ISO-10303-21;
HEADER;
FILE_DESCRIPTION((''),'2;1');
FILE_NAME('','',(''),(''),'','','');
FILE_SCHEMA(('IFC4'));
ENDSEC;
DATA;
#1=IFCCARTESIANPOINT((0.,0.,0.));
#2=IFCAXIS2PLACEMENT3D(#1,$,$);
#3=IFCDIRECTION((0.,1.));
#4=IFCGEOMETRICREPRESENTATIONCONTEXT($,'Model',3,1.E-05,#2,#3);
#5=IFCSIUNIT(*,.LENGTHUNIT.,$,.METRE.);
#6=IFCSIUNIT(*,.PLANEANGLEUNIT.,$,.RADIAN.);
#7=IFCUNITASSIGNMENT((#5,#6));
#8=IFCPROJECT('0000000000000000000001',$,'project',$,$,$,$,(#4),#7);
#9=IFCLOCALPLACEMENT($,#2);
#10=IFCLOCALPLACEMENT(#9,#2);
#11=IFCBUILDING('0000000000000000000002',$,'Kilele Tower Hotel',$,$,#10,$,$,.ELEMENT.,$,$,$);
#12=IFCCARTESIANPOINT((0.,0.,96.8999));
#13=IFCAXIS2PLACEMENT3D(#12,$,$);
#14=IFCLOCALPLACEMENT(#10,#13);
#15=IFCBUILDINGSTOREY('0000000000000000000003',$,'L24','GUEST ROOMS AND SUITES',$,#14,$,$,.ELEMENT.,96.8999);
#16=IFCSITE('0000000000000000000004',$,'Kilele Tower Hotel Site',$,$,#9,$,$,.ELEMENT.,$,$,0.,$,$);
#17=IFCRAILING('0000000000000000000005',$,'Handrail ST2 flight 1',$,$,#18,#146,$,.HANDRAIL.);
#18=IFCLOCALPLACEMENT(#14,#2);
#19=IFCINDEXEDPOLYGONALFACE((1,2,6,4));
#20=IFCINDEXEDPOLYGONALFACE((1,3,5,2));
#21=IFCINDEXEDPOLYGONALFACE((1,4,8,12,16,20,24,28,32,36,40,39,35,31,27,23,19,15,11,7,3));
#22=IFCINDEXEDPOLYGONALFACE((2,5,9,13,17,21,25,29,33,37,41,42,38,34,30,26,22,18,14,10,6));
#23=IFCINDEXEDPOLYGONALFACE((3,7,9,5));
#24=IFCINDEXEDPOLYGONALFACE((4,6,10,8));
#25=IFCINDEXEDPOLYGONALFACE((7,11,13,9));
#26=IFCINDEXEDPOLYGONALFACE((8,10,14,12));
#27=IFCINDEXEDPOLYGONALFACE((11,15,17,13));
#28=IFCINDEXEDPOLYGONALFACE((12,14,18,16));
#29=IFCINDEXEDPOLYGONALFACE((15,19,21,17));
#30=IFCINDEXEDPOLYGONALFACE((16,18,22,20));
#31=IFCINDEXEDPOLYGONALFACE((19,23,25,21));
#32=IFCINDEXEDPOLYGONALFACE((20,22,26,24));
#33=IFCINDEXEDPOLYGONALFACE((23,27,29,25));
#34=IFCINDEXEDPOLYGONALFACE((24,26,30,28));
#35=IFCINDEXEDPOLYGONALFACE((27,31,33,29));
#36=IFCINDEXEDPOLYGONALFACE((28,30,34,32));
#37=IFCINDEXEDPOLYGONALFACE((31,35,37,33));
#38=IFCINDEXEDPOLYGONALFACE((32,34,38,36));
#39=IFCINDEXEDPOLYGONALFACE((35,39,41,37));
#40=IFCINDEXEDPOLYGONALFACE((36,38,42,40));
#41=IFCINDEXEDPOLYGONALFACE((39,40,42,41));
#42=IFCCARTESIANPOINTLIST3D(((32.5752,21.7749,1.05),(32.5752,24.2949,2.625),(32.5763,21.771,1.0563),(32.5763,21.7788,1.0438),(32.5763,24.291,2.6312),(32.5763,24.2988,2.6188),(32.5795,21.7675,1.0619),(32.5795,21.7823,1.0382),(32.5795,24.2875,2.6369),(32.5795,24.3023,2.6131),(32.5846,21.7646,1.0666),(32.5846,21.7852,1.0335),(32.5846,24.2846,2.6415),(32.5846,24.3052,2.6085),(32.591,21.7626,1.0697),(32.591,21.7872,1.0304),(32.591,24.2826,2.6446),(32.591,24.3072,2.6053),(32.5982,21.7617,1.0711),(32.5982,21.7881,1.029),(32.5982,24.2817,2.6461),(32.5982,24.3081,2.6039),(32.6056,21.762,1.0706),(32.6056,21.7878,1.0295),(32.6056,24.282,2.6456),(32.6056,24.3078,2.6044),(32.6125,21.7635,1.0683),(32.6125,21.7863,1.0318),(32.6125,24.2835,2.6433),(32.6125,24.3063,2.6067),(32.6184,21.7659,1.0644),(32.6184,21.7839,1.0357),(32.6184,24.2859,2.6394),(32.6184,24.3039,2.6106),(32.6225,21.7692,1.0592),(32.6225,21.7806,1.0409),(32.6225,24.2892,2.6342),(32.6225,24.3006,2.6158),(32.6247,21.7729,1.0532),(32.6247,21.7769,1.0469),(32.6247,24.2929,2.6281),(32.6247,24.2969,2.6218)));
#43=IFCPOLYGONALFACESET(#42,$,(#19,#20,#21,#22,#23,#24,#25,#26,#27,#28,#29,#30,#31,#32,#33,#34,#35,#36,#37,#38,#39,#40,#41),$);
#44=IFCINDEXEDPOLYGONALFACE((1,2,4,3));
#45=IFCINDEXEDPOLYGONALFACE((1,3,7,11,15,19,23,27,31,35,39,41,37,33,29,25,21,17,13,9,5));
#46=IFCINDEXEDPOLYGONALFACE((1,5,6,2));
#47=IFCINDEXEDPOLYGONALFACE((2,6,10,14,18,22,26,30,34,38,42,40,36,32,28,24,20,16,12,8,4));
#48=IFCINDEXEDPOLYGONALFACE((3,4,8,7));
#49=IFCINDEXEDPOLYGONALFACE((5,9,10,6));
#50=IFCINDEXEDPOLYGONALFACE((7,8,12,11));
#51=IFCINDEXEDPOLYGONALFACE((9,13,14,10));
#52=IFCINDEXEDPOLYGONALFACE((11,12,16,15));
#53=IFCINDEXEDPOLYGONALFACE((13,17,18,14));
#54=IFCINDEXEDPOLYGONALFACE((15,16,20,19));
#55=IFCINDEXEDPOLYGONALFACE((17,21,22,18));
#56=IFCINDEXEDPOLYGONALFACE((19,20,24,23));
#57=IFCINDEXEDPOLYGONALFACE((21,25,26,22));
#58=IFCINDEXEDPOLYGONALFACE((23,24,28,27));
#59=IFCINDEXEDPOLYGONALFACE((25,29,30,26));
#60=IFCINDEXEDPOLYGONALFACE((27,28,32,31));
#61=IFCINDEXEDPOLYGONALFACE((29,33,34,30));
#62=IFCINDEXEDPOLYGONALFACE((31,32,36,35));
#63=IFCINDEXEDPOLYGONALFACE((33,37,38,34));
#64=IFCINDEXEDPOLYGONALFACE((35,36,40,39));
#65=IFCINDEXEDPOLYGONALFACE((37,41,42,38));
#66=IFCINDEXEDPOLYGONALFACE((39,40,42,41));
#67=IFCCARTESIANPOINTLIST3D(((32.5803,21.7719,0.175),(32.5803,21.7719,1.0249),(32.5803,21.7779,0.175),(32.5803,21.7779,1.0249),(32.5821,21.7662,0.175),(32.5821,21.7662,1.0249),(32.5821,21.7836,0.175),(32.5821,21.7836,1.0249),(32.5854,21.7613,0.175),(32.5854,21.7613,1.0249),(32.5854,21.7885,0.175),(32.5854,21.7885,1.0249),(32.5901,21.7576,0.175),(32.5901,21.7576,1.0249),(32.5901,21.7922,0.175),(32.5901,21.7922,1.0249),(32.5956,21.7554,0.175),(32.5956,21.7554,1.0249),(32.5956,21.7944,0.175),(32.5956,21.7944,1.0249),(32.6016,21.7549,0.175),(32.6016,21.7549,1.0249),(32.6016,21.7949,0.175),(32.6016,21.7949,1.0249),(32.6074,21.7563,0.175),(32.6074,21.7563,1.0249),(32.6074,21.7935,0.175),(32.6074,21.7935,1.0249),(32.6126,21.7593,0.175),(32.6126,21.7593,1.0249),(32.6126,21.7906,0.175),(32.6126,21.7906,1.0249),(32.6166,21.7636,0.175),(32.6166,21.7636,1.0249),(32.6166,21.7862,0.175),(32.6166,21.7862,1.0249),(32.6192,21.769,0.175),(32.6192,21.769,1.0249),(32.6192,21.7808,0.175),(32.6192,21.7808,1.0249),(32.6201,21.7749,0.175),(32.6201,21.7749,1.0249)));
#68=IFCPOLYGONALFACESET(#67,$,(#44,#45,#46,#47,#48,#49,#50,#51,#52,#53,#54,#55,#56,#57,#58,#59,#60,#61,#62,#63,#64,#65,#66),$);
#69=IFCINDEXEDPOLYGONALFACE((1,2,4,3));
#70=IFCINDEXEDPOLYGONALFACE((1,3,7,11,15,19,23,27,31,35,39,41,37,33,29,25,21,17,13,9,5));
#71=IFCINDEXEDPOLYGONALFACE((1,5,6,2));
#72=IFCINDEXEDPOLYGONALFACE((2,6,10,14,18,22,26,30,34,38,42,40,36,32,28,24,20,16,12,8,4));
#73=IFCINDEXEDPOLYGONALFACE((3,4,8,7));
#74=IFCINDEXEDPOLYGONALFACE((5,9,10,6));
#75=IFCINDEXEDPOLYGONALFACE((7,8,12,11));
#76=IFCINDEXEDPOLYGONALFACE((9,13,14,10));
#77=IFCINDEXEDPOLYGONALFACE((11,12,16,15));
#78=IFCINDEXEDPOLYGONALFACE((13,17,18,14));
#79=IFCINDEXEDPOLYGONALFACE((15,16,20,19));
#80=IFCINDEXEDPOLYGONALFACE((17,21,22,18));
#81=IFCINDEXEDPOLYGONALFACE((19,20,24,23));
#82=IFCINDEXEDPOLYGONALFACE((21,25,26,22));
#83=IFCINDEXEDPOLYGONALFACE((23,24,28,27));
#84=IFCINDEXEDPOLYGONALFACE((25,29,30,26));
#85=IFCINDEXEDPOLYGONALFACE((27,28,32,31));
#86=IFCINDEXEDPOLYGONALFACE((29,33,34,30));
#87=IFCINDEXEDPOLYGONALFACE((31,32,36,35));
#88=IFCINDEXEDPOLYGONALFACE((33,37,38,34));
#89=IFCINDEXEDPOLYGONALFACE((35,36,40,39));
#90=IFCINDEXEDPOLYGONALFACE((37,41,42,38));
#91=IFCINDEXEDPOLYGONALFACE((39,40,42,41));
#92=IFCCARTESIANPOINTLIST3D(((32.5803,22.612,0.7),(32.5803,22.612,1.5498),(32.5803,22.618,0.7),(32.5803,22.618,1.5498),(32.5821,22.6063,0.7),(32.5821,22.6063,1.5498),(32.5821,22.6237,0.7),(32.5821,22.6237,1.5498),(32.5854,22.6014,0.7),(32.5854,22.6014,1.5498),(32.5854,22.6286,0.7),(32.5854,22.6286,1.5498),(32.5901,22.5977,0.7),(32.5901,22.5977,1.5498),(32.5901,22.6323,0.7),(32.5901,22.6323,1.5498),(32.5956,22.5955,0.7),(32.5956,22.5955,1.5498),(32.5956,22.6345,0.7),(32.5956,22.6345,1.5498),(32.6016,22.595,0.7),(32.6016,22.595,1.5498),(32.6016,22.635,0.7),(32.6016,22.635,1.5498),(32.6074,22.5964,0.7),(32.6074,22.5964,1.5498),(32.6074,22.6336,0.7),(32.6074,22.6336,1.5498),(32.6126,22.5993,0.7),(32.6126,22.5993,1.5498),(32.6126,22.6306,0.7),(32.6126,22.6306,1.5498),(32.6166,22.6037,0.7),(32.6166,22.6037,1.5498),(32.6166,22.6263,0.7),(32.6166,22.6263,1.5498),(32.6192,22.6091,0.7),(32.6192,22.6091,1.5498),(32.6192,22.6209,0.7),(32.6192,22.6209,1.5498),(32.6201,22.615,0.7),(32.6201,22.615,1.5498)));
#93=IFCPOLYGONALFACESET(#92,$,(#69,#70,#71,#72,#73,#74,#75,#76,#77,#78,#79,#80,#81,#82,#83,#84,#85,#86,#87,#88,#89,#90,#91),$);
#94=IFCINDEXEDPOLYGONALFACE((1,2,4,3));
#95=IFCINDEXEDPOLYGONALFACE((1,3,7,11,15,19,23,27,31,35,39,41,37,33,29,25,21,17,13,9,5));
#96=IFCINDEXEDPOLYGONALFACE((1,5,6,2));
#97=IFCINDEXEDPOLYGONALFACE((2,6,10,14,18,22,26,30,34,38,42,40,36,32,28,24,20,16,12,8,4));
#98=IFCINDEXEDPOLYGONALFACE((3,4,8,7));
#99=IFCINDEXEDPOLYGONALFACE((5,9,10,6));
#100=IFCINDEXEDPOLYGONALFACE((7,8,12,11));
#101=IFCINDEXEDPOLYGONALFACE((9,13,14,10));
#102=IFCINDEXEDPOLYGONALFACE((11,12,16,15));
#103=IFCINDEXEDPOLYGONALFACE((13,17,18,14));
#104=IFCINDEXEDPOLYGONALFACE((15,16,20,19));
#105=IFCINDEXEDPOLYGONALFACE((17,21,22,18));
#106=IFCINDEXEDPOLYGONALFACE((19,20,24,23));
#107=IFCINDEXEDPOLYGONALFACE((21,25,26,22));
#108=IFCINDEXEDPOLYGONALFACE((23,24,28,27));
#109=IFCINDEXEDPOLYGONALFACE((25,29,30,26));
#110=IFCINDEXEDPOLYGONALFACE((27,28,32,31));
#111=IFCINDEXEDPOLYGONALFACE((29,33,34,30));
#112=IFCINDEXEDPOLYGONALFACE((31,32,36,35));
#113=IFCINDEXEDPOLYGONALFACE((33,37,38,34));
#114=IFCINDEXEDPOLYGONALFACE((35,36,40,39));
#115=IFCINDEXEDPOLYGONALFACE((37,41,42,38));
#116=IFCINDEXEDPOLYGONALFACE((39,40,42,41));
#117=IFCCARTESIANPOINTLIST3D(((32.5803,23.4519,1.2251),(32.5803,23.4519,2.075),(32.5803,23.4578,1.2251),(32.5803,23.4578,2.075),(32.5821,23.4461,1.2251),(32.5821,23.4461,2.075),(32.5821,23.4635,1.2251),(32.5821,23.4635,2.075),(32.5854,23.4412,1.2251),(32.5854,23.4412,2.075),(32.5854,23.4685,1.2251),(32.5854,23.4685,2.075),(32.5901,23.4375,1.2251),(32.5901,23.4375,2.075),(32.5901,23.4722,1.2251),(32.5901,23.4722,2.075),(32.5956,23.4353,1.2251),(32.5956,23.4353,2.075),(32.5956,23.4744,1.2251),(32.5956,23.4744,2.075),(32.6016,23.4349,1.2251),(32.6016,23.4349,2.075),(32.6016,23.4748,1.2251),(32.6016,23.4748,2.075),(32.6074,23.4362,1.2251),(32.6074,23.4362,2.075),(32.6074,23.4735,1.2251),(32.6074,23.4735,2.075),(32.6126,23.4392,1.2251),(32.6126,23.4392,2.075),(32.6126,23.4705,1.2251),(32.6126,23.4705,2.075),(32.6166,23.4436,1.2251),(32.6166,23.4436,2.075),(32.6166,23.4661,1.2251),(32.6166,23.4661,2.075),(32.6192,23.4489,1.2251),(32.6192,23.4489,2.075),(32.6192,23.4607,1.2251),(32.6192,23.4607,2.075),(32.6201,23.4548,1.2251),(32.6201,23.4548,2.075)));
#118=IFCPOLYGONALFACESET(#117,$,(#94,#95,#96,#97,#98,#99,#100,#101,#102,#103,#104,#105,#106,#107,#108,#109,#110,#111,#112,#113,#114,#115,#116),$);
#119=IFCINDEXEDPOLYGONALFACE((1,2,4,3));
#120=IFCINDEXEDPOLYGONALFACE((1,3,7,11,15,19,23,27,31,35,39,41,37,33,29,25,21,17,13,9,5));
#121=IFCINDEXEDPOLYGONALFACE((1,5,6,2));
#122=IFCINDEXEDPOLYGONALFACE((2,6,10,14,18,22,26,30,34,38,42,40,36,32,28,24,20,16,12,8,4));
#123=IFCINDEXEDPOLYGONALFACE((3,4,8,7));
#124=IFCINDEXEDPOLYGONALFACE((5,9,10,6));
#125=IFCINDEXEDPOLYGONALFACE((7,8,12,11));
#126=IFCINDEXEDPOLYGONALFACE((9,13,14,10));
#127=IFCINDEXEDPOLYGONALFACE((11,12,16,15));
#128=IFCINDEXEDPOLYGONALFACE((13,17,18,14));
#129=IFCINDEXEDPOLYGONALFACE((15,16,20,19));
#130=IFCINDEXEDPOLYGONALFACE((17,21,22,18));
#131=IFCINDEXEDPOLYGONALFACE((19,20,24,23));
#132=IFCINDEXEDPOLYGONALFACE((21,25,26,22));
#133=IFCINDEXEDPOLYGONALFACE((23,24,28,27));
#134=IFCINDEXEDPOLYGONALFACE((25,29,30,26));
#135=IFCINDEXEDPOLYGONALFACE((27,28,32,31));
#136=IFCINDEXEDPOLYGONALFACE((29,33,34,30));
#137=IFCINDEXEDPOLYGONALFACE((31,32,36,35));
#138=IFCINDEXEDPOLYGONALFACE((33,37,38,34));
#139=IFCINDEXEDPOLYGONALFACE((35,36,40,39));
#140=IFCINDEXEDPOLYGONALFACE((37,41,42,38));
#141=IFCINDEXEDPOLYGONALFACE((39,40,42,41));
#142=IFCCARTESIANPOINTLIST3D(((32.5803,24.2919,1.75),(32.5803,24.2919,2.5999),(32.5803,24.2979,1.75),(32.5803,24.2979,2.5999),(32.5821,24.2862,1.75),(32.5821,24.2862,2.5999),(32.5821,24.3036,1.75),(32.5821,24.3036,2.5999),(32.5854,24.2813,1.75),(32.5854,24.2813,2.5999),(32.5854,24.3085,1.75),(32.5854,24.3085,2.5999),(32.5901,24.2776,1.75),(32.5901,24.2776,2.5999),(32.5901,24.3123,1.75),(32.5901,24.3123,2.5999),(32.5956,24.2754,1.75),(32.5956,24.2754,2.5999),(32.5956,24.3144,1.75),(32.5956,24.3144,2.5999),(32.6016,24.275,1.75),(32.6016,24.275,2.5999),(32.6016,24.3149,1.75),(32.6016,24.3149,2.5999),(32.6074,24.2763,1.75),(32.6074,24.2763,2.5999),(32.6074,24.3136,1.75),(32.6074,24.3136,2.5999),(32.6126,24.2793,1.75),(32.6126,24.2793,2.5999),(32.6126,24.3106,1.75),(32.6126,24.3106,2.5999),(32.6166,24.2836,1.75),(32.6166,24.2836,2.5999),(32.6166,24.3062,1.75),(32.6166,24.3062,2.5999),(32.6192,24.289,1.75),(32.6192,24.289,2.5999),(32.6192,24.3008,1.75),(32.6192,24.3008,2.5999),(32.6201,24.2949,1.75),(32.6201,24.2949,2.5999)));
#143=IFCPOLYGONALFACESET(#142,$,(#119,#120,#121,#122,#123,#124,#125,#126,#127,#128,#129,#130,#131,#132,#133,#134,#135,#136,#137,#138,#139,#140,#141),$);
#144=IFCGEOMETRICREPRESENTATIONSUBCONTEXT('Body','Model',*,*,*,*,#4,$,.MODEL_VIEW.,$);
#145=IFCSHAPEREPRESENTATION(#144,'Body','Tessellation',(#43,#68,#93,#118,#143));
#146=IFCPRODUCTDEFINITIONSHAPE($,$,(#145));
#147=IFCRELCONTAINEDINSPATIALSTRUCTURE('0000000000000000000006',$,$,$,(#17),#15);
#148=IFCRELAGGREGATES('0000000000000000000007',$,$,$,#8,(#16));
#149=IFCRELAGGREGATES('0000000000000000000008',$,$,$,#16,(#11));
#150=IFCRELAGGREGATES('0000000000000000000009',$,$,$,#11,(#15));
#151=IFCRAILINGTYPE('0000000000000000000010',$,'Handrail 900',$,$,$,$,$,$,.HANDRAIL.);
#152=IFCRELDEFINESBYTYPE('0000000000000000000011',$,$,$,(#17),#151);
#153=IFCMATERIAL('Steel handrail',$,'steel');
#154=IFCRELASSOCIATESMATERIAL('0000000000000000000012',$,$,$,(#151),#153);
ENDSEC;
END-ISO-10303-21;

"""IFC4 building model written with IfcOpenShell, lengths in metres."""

from ifc_helpers import new_model, si_unit, direction, frame, origin, origin_2d, place, context, subcontext, project, spatial, circle, extrude, material, type_object, element, save


model = new_model("IFC4")

# Units and contexts
model_context = context("Model", 3, precision=1e-05, world=origin(), true_north=direction((0.0, 1.0)))
body_context = subcontext(model_context, "Body", "Model", "MODEL_VIEW")
ifc_project = project(units=[si_unit("LENGTHUNIT", "METRE"), si_unit("PLANEANGLEUNIT", "RADIAN")], contexts=[model_context])

# Site, building, storey
site_placement = place(None, origin())
site = spatial("IfcSite", under=ifc_project, at=site_placement, Name="Kilele Tower Hotel Site", CompositionType="ELEMENT", RefElevation=0.0)
building_placement = place(site_placement, origin())
building = spatial("IfcBuilding", under=site, at=building_placement, Name="Kilele Tower Hotel", CompositionType="ELEMENT")
storey_placement = place(building_placement, frame((0.0, 0.0, 96.8999)))
storey = spatial("IfcBuildingStorey", under=building, at=storey_placement, Name="L24", Description="GUEST ROOMS AND SUITES", CompositionType="ELEMENT", Elevation=96.8999)

# Railing
ifc_material_1 = material(Name="Steel handrail", Category="steel")
railing_type_1 = type_object("IfcRailingType", Name="Handrail 900", PredefinedType="HANDRAIL", material=ifc_material_1)
for number, where, name in (
    (1, (32.6001, 21.7749, 0.175), "Handrail ST2 flight 1"),
):
    element("IfcRailing", number, at=place(storey_placement, frame(where)), inside=storey, type_object=railing_type_1, Name=name, PredefinedType="HANDRAIL", context=body_context, shape_type="SweptSolid", body=[
        extrude(circle(Radius=0.0249, at=origin_2d()), frame((0.0, 0.0, 0.875), z_axis=(0.0, 0.848008, 0.529984), x_axis=(-1.0, 0.0, 0.0)), (0.0, 0.0, 1.0), 2.9717),
        extrude(circle(Radius=0.02, at=origin_2d()), origin(), (0.0, 0.0, 1.0), 0.8499),
        extrude(circle(Radius=0.02, at=origin_2d()), frame((0.0, 0.8401, 0.5249)), (0.0, 0.0, 1.0), 0.8499),
        extrude(circle(Radius=0.02, at=origin_2d()), frame((0.0, 1.6799, 1.05)), (0.0, 0.0, 1.0), 0.8499),
        extrude(circle(Radius=0.02, at=origin_2d()), frame((0.0, 2.52, 1.575)), (0.0, 0.0, 1.0), 0.8499),
    ])

save(model, "model.ifc")
